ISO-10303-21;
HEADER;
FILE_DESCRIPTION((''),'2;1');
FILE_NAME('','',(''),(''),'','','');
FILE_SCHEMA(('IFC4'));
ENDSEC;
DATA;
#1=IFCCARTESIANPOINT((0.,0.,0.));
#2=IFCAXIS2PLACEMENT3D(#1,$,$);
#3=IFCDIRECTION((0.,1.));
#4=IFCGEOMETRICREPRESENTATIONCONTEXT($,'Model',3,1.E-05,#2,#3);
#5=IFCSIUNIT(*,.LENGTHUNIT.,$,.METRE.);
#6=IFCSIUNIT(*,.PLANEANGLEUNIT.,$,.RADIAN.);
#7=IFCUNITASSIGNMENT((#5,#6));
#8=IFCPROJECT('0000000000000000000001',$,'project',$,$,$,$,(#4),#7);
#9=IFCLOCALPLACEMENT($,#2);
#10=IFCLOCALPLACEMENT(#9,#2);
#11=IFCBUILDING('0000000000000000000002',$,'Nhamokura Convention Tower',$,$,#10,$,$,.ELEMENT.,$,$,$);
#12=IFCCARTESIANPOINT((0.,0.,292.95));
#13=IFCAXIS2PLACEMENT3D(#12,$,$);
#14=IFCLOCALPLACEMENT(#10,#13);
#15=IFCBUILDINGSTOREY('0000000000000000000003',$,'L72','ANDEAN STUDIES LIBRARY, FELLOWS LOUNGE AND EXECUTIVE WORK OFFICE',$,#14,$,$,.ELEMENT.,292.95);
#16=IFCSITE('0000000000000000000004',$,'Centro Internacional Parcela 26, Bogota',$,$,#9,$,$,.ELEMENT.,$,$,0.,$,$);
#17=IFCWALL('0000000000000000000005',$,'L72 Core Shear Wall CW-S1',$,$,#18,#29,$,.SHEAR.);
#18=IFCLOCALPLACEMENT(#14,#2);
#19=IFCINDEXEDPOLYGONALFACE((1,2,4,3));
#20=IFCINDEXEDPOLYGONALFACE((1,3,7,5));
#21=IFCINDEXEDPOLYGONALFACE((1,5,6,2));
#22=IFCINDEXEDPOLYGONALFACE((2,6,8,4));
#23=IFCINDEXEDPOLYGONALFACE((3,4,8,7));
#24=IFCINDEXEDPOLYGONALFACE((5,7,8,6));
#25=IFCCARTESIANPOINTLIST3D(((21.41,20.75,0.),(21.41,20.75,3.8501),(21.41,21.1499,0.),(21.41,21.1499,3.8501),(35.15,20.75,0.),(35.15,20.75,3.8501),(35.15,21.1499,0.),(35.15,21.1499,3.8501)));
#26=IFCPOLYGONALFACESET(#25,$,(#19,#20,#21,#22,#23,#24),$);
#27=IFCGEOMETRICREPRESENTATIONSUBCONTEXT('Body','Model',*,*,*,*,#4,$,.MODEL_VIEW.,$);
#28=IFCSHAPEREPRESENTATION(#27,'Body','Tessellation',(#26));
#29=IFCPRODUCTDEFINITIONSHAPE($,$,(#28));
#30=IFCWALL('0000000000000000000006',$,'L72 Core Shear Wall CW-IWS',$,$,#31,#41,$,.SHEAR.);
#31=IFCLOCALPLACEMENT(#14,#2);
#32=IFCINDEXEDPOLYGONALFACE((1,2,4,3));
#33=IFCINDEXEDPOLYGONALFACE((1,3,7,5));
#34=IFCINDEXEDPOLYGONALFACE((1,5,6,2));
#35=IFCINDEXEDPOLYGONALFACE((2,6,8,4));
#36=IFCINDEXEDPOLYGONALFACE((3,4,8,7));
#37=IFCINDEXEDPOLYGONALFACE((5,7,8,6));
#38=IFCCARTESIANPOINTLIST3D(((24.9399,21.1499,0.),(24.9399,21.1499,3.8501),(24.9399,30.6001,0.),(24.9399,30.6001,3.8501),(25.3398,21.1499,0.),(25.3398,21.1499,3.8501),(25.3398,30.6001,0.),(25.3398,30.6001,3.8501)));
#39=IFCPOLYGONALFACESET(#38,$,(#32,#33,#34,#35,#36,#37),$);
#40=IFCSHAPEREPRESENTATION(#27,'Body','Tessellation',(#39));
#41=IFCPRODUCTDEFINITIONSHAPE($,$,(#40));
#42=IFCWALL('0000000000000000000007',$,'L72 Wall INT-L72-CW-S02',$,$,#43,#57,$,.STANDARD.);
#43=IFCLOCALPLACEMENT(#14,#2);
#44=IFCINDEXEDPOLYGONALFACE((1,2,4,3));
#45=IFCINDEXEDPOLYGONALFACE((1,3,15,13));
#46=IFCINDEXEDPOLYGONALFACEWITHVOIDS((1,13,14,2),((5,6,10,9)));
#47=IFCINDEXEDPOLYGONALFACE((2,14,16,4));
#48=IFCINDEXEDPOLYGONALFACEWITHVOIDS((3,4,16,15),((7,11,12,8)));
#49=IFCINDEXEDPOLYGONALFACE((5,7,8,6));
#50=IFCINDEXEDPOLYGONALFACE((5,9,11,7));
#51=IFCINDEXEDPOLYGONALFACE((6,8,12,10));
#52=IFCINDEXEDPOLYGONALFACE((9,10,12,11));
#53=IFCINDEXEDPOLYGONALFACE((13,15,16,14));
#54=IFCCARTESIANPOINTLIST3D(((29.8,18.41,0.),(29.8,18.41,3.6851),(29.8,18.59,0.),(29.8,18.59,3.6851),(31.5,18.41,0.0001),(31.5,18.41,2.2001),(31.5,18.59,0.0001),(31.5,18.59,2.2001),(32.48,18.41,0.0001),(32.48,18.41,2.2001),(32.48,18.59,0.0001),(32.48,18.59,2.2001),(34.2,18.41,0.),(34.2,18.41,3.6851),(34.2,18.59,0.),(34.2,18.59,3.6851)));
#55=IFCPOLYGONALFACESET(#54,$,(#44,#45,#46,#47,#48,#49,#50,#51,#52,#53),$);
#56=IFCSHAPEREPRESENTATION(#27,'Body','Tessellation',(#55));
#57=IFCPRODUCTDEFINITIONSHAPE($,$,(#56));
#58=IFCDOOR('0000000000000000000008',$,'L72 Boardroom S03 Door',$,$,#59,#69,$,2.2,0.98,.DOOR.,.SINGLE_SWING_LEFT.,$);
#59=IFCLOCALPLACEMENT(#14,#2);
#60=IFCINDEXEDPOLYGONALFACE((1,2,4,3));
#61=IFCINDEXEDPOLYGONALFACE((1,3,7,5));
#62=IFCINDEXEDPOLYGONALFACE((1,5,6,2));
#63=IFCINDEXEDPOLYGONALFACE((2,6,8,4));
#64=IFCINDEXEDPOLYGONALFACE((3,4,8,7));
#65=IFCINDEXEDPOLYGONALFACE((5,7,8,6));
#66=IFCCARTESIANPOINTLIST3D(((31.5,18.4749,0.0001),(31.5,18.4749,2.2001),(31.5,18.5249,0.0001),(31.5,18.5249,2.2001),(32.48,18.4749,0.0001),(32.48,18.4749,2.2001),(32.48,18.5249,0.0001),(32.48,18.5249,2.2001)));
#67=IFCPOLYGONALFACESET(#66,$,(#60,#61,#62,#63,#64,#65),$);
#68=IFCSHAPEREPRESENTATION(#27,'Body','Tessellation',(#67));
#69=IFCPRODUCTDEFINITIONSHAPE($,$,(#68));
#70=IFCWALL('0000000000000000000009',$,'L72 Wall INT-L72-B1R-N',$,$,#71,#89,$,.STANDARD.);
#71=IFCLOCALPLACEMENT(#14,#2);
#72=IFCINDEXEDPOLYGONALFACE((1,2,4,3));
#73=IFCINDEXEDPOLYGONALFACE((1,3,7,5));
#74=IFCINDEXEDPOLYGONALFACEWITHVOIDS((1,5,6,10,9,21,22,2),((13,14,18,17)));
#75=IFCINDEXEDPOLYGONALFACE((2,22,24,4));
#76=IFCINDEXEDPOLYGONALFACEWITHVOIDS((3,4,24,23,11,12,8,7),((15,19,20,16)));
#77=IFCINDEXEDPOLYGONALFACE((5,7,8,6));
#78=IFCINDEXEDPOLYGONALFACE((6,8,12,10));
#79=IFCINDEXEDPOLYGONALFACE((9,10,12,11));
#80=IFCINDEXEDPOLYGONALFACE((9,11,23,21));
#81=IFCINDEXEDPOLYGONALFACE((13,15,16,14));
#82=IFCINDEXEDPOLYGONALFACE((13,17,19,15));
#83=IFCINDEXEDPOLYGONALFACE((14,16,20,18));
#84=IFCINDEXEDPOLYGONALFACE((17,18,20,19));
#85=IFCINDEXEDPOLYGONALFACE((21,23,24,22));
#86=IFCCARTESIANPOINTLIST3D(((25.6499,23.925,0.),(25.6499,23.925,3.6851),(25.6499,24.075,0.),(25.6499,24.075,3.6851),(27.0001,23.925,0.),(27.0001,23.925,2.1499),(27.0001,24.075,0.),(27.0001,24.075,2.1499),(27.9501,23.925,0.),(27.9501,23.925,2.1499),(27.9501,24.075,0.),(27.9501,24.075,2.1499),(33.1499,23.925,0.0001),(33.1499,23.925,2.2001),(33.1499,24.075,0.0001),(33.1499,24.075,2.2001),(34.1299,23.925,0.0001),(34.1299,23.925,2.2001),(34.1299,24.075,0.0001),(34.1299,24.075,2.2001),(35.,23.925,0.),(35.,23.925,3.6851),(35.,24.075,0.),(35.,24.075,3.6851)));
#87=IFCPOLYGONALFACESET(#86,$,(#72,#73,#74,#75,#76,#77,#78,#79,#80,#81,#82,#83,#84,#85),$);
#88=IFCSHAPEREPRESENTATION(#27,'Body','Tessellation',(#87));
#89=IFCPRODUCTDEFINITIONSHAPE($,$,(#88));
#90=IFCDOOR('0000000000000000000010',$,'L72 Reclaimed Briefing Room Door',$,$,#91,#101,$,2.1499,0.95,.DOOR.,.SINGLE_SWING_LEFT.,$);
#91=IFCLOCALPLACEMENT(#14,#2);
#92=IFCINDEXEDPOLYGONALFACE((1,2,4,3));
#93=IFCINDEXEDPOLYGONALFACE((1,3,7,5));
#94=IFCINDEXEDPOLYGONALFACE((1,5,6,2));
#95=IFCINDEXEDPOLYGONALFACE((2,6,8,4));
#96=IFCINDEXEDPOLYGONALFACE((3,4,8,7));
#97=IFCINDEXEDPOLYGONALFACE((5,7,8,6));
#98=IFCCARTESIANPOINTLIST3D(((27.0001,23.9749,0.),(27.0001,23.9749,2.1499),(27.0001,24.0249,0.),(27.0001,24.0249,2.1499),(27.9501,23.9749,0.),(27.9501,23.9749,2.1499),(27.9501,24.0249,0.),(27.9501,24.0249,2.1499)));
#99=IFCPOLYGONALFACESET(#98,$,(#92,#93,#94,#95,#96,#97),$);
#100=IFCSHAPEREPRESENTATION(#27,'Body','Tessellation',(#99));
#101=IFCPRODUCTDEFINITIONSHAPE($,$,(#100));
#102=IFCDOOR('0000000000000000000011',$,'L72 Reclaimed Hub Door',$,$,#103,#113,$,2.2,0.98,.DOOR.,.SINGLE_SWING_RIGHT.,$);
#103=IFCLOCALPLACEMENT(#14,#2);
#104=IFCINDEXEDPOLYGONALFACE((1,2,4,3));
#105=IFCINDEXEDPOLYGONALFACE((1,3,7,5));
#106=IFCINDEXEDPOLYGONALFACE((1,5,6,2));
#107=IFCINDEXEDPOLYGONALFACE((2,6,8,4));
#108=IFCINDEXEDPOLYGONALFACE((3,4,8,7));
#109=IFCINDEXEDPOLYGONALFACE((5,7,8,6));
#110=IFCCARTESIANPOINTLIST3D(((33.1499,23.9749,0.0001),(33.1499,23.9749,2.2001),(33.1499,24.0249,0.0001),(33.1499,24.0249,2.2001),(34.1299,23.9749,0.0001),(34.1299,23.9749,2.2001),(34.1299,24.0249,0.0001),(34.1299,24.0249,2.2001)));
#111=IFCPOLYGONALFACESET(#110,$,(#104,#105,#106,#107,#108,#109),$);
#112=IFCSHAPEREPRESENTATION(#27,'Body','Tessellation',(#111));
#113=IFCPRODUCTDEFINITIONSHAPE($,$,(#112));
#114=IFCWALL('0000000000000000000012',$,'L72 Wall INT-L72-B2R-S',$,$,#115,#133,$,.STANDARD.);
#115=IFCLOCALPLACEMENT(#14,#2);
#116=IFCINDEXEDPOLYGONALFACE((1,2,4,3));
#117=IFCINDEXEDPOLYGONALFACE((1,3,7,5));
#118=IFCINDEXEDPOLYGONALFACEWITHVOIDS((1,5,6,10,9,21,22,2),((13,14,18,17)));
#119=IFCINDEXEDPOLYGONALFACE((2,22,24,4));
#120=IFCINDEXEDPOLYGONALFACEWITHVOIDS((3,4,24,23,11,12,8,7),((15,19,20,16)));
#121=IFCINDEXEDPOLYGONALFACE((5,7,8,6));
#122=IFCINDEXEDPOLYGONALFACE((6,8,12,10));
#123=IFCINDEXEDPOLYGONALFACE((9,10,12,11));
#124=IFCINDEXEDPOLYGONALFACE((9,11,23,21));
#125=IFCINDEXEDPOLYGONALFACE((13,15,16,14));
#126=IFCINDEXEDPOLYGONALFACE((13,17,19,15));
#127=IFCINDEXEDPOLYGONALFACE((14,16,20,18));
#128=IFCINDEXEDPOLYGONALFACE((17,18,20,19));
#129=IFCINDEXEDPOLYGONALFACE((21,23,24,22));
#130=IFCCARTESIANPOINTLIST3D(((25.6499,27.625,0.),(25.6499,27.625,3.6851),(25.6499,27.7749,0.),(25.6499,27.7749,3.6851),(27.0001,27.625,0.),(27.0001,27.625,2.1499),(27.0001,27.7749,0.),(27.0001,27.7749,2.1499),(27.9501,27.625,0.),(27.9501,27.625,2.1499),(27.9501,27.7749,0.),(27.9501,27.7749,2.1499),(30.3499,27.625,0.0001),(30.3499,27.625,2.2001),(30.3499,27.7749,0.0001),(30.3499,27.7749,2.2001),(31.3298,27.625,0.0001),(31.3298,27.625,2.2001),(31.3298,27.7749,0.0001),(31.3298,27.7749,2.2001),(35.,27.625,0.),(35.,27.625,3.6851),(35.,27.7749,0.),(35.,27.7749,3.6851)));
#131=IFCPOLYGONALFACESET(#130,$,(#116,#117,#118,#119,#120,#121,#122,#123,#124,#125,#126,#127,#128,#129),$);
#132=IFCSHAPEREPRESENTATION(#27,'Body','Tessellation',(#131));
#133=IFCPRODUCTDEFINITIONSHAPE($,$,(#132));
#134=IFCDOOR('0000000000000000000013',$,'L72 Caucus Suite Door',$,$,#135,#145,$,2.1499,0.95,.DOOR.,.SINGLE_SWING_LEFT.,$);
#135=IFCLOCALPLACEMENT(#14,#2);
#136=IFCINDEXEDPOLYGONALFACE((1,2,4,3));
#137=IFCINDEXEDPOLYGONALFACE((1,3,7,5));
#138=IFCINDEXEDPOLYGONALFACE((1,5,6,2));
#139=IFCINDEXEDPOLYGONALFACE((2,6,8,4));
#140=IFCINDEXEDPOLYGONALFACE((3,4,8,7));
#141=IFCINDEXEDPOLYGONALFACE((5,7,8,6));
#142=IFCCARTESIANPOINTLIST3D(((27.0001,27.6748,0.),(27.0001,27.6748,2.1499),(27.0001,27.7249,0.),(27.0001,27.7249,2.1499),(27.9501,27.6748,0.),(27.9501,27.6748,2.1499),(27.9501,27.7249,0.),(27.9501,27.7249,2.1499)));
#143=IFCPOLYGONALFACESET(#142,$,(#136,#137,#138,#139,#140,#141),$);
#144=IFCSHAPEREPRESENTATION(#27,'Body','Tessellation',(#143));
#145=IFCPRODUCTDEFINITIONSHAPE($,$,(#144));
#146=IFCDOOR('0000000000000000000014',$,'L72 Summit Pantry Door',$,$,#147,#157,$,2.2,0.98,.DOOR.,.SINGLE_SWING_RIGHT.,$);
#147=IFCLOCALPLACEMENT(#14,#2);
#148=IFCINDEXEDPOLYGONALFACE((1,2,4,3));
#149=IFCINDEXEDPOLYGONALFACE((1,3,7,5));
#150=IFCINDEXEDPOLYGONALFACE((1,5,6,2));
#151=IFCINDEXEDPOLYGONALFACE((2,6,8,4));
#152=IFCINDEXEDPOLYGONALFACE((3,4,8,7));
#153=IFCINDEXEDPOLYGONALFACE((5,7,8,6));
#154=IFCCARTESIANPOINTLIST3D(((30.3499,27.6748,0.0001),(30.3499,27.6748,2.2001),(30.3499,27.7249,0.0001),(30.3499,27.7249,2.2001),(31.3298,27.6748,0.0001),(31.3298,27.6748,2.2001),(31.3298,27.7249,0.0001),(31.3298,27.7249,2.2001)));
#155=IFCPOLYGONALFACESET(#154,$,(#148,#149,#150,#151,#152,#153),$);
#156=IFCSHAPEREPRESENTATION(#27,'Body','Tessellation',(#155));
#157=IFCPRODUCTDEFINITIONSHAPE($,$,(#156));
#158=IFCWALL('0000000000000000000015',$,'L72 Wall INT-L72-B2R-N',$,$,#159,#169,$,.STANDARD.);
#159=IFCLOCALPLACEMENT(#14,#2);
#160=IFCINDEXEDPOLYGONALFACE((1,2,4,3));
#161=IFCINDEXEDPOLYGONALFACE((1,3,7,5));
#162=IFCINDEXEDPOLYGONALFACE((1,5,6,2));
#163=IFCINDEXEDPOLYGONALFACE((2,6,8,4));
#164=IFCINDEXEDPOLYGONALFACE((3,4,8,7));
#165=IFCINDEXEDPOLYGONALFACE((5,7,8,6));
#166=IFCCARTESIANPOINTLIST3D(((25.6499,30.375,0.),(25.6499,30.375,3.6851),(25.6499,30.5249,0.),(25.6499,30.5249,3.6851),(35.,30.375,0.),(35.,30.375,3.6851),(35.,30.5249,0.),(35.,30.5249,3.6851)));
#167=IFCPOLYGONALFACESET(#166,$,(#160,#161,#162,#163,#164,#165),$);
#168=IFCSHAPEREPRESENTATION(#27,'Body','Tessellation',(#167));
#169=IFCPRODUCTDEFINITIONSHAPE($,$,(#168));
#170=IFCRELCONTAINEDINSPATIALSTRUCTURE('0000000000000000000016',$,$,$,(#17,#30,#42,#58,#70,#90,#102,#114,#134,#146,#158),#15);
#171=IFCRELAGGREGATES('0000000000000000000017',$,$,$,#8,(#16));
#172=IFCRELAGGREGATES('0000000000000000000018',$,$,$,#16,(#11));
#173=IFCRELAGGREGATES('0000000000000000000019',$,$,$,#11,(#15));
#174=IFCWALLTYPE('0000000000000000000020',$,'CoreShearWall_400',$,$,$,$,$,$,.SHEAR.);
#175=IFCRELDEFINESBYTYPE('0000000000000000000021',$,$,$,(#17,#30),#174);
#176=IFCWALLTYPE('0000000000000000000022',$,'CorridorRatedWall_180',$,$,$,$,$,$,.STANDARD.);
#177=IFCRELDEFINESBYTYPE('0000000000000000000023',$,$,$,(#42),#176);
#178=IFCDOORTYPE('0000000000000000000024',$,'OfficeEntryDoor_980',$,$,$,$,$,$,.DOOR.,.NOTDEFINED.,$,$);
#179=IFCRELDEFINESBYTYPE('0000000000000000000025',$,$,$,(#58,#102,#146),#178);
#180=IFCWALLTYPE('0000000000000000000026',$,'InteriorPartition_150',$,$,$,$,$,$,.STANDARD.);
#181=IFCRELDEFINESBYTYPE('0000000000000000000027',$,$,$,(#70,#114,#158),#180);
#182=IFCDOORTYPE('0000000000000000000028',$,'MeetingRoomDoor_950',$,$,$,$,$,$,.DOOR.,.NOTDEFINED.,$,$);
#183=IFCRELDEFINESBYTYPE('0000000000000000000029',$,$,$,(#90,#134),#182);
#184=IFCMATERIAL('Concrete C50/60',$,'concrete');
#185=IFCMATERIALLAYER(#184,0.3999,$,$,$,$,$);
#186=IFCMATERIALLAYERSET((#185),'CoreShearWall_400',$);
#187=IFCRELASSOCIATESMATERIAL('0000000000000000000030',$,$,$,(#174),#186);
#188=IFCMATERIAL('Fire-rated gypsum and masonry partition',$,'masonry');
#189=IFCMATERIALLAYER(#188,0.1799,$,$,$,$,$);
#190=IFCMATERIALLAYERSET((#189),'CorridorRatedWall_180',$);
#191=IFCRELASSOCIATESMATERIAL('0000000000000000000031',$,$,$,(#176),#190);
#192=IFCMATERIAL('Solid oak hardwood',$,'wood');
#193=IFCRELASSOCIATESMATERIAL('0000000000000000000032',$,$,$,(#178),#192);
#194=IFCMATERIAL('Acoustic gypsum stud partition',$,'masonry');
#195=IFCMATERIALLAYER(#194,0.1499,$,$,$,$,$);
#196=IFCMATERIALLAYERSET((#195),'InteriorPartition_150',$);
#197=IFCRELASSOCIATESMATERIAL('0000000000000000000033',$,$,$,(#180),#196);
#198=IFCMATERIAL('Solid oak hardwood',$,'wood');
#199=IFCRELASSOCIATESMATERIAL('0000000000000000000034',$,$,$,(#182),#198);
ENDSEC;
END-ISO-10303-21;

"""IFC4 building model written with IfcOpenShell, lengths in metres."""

from ifc_helpers import new_model, si_unit, direction, frame, frame_2d, origin, place, context, subcontext, project, spatial, rectangle, extrude, material, layer, layer_set, type_object, element, fill, save


model = new_model("IFC4")

# Units and contexts
model_context = context("Model", 3, precision=1e-05, world=origin(), true_north=direction((0.0, 1.0)))
body_context = subcontext(model_context, "Body", "Model", "MODEL_VIEW")
ifc_project = project(units=[si_unit("LENGTHUNIT", "METRE"), si_unit("PLANEANGLEUNIT", "RADIAN")], contexts=[model_context])

# Site, building, storey
site_placement = place(None, origin())
site = spatial("IfcSite", under=ifc_project, at=site_placement, Name="Centro Internacional Parcela 26, Bogota", CompositionType="ELEMENT", RefElevation=0.0)
building_placement = place(site_placement, origin())
building = spatial("IfcBuilding", under=site, at=building_placement, Name="Nhamokura Convention Tower", CompositionType="ELEMENT")
storey_placement = place(building_placement, frame((0.0, 0.0, 292.95)))
storey = spatial("IfcBuildingStorey", under=building, at=storey_placement, Name="L72", Description="ANDEAN STUDIES LIBRARY, FELLOWS LOUNGE AND EXECUTIVE WORK OFFICE", CompositionType="ELEMENT", Elevation=292.95)

# Shared definitions
ifc_material_1 = material(Name="Concrete C50/60", Category="concrete")
ifc_layer_1 = layer(ifc_material_1, 0.3999)
ifc_layer_set_1 = layer_set([ifc_layer_1], Name="CoreShearWall_400")
wall_type_1 = type_object("IfcWallType", Name="CoreShearWall_400", PredefinedType="SHEAR", material=ifc_layer_set_1)

# Walls
wall_1_placement = place(storey_placement, frame((21.4099, 20.95, 0.0), z_axis=(0.0, 0.0, 1.0), x_axis=(1.0, 0.0, 0.0)))
element("IfcWall", 1, at=wall_1_placement, inside=storey, type_object=wall_type_1, Name="L72 Core Shear Wall CW-S1", PredefinedType="SHEAR", context=body_context, shape_type="SweptSolid", body=[
    extrude(rectangle(XDim=13.74, YDim=0.3999, at=frame_2d((6.8701, 0.0))), origin(), (0.0, 0.0, 1.0), 3.8501),
])
wall_2_placement = place(storey_placement, frame((25.1399, 21.1499, 0.0), z_axis=(0.0, 0.0, 1.0), x_axis=(0.0, 1.0, 0.0)))
element("IfcWall", 2, at=wall_2_placement, inside=storey, type_object=wall_type_1, Name="L72 Core Shear Wall CW-IWS", PredefinedType="SHEAR", context=body_context, shape_type="SweptSolid", body=[
    extrude(rectangle(XDim=9.4502, YDim=0.3999, at=frame_2d((4.7251, 0.0))), origin(), (0.0, 0.0, 1.0), 3.8501),
])

# Wall, opening, door
ifc_material_2 = material(Name="Fire-rated gypsum and masonry partition", Category="masonry")
ifc_layer_2 = layer(ifc_material_2, 0.1799)
ifc_layer_set_2 = layer_set([ifc_layer_2], Name="CorridorRatedWall_180")
wall_type_2 = type_object("IfcWallType", Name="CorridorRatedWall_180", PredefinedType="STANDARD", material=ifc_layer_set_2)
wall_3_placement = place(storey_placement, frame((29.8, 18.5, 0.0), z_axis=(0.0, 0.0, 1.0), x_axis=(1.0, 0.0, 0.0)))
wall_3 = element("IfcWall", 3, at=wall_3_placement, inside=storey, type_object=wall_type_2, Name="L72 Wall INT-L72-CW-S02", PredefinedType="STANDARD", context=body_context, shape_type="SweptSolid", body=[
    extrude(rectangle(XDim=4.3999, YDim=0.1799, at=frame_2d((2.2, 0.0))), origin(), (0.0, 0.0, 1.0), 3.6851),
])
opening_1_placement = place(wall_3_placement, frame((1.7, 0.0, 0.0)))
opening_1 = element("IfcOpeningElement", 4, at=opening_1_placement, cuts=wall_3, PredefinedType="OPENING", context=body_context, shape_type="SweptSolid", body=[
    extrude(rectangle(XDim=0.98, YDim=2.2, at=frame_2d((0.49, 1.1001))), frame((0.0, 0.0999, 0.0), z_axis=(0.0, -1.0, 0.0), x_axis=(1.0, 0.0, 0.0)), (0.0, 0.0, 1.0), 0.2),
])
ifc_material_3 = material(Name="Solid oak hardwood", Category="wood")
door_type_1 = type_object("IfcDoorType", Name="OfficeEntryDoor_980", OperationType="NOTDEFINED", PredefinedType="DOOR", material=ifc_material_3)
door_1_placement = place(opening_1_placement, origin())
door_1 = element("IfcDoor", 5, at=door_1_placement, inside=storey, type_object=door_type_1, Name="L72 Boardroom S03 Door", OperationType="SINGLE_SWING_LEFT", OverallHeight=2.2, OverallWidth=0.98, PredefinedType="DOOR", context=body_context, shape_type="SweptSolid", body=[
    extrude(rectangle(XDim=0.98, YDim=2.2, at=frame_2d((0.49, 1.1001))), frame((0.0, 0.0249, 0.0), z_axis=(0.0, -1.0, 0.0), x_axis=(1.0, 0.0, 0.0)), (0.0, 0.0, 1.0), 0.05),
])
fill(opening_1, door_1)

# Walls, openings, doors
ifc_material_4 = material(Name="Acoustic gypsum stud partition", Category="masonry")
ifc_layer_3 = layer(ifc_material_4, 0.1499)
ifc_layer_set_3 = layer_set([ifc_layer_3], Name="InteriorPartition_150")
wall_type_3 = type_object("IfcWallType", Name="InteriorPartition_150", PredefinedType="STANDARD", material=ifc_layer_set_3)
wall_4_placement = place(storey_placement, frame((25.6499, 24.0, 0.0), z_axis=(0.0, 0.0, 1.0), x_axis=(1.0, 0.0, 0.0)))
wall_4 = element("IfcWall", 6, at=wall_4_placement, inside=storey, type_object=wall_type_3, Name="L72 Wall INT-L72-B1R-N", PredefinedType="STANDARD", context=body_context, shape_type="SweptSolid", body=[
    extrude(rectangle(XDim=9.3501, YDim=0.1499, at=frame_2d((4.675, 0.0))), origin(), (0.0, 0.0, 1.0), 3.6851),
])
opening_2_placement = place(wall_4_placement, frame((1.3501, 0.0, 0.0)))
opening_2 = element("IfcOpeningElement", 7, at=opening_2_placement, cuts=wall_4, PredefinedType="OPENING", context=body_context, shape_type="SweptSolid", body=[
    extrude(rectangle(XDim=0.95, YDim=2.1499, at=frame_2d((0.4751, 1.075))), frame((0.0, 0.085, 0.0), z_axis=(0.0, -1.0, 0.0), x_axis=(1.0, 0.0, 0.0)), (0.0, 0.0, 1.0), 0.1699),
])
opening_3_placement = place(wall_4_placement, frame((7.5, 0.0, 0.0)))
opening_3 = element("IfcOpeningElement", 8, at=opening_3_placement, cuts=wall_4, PredefinedType="OPENING", context=body_context, shape_type="SweptSolid", body=[
    extrude(rectangle(XDim=0.98, YDim=2.2, at=frame_2d((0.49, 1.1001))), frame((0.0, 0.085, 0.0), z_axis=(0.0, -1.0, 0.0), x_axis=(1.0, 0.0, 0.0)), (0.0, 0.0, 1.0), 0.1699),
])
ifc_material_5 = material(Name="Solid oak hardwood", Category="wood")
door_type_2 = type_object("IfcDoorType", Name="MeetingRoomDoor_950", OperationType="NOTDEFINED", PredefinedType="DOOR", material=ifc_material_5)
door_2_placement = place(opening_2_placement, origin())
door_2 = element("IfcDoor", 9, at=door_2_placement, inside=storey, type_object=door_type_2, Name="L72 Reclaimed Briefing Room Door", OperationType="SINGLE_SWING_LEFT", OverallHeight=2.1499, OverallWidth=0.95, PredefinedType="DOOR", context=body_context, shape_type="SweptSolid", body=[
    extrude(rectangle(XDim=0.95, YDim=2.1499, at=frame_2d((0.4751, 1.075))), frame((0.0, 0.0249, 0.0), z_axis=(0.0, -1.0, 0.0), x_axis=(1.0, 0.0, 0.0)), (0.0, 0.0, 1.0), 0.05),
])
fill(opening_2, door_2)
door_3_placement = place(opening_3_placement, origin())
door_3 = element("IfcDoor", 10, at=door_3_placement, inside=storey, type_object=door_type_1, Name="L72 Reclaimed Hub Door", OperationType="SINGLE_SWING_RIGHT", OverallHeight=2.2, OverallWidth=0.98, PredefinedType="DOOR", context=body_context, shape_type="SweptSolid", body=[
    extrude(rectangle(XDim=0.98, YDim=2.2, at=frame_2d((0.49, 1.1001))), frame((0.0, 0.0249, 0.0), z_axis=(0.0, -1.0, 0.0), x_axis=(1.0, 0.0, 0.0)), (0.0, 0.0, 1.0), 0.05),
])
fill(opening_3, door_3)
wall_5_placement = place(storey_placement, frame((25.6499, 27.7, 0.0), z_axis=(0.0, 0.0, 1.0), x_axis=(1.0, 0.0, 0.0)))
wall_5 = element("IfcWall", 11, at=wall_5_placement, inside=storey, type_object=wall_type_3, Name="L72 Wall INT-L72-B2R-S", PredefinedType="STANDARD", context=body_context, shape_type="SweptSolid", body=[
    extrude(rectangle(XDim=9.3501, YDim=0.1499, at=frame_2d((4.675, 0.0))), origin(), (0.0, 0.0, 1.0), 3.6851),
])
opening_4_placement = place(wall_5_placement, frame((1.3501, 0.0, 0.0)))
opening_4 = element("IfcOpeningElement", 12, at=opening_4_placement, cuts=wall_5, PredefinedType="OPENING", context=body_context, shape_type="SweptSolid", body=[
    extrude(rectangle(XDim=0.95, YDim=2.1499, at=frame_2d((0.4751, 1.075))), frame((0.0, 0.085, 0.0), z_axis=(0.0, -1.0, 0.0), x_axis=(1.0, 0.0, 0.0)), (0.0, 0.0, 1.0), 0.1699),
])
opening_5_placement = place(wall_5_placement, frame((4.7, 0.0, 0.0)))
opening_5 = element("IfcOpeningElement", 13, at=opening_5_placement, cuts=wall_5, PredefinedType="OPENING", context=body_context, shape_type="SweptSolid", body=[
    extrude(rectangle(XDim=0.98, YDim=2.2, at=frame_2d((0.49, 1.1001))), frame((0.0, 0.085, 0.0), z_axis=(0.0, -1.0, 0.0), x_axis=(1.0, 0.0, 0.0)), (0.0, 0.0, 1.0), 0.1699),
])
door_4_placement = place(opening_4_placement, origin())
door_4 = element("IfcDoor", 14, at=door_4_placement, inside=storey, type_object=door_type_2, Name="L72 Caucus Suite Door", OperationType="SINGLE_SWING_LEFT", OverallHeight=2.1499, OverallWidth=0.95, PredefinedType="DOOR", context=body_context, shape_type="SweptSolid", body=[
    extrude(rectangle(XDim=0.95, YDim=2.1499, at=frame_2d((0.4751, 1.075))), frame((0.0, 0.0249, 0.0), z_axis=(0.0, -1.0, 0.0), x_axis=(1.0, 0.0, 0.0)), (0.0, 0.0, 1.0), 0.05),
])
fill(opening_4, door_4)
door_5_placement = place(opening_5_placement, origin())
door_5 = element("IfcDoor", 15, at=door_5_placement, inside=storey, type_object=door_type_1, Name="L72 Summit Pantry Door", OperationType="SINGLE_SWING_RIGHT", OverallHeight=2.2, OverallWidth=0.98, PredefinedType="DOOR", context=body_context, shape_type="SweptSolid", body=[
    extrude(rectangle(XDim=0.98, YDim=2.2, at=frame_2d((0.49, 1.1001))), frame((0.0, 0.0249, 0.0), z_axis=(0.0, -1.0, 0.0), x_axis=(1.0, 0.0, 0.0)), (0.0, 0.0, 1.0), 0.05),
])
fill(opening_5, door_5)

# Wall
wall_6_placement = place(storey_placement, frame((25.6499, 30.45, 0.0), z_axis=(0.0, 0.0, 1.0), x_axis=(1.0, 0.0, 0.0)))
element("IfcWall", 16, at=wall_6_placement, inside=storey, type_object=wall_type_3, Name="L72 Wall INT-L72-B2R-N", PredefinedType="STANDARD", context=body_context, shape_type="SweptSolid", body=[
    extrude(rectangle(XDim=9.3501, YDim=0.1499, at=frame_2d((4.675, 0.0))), origin(), (0.0, 0.0, 1.0), 3.6851),
])

save(model, "model.ifc")
